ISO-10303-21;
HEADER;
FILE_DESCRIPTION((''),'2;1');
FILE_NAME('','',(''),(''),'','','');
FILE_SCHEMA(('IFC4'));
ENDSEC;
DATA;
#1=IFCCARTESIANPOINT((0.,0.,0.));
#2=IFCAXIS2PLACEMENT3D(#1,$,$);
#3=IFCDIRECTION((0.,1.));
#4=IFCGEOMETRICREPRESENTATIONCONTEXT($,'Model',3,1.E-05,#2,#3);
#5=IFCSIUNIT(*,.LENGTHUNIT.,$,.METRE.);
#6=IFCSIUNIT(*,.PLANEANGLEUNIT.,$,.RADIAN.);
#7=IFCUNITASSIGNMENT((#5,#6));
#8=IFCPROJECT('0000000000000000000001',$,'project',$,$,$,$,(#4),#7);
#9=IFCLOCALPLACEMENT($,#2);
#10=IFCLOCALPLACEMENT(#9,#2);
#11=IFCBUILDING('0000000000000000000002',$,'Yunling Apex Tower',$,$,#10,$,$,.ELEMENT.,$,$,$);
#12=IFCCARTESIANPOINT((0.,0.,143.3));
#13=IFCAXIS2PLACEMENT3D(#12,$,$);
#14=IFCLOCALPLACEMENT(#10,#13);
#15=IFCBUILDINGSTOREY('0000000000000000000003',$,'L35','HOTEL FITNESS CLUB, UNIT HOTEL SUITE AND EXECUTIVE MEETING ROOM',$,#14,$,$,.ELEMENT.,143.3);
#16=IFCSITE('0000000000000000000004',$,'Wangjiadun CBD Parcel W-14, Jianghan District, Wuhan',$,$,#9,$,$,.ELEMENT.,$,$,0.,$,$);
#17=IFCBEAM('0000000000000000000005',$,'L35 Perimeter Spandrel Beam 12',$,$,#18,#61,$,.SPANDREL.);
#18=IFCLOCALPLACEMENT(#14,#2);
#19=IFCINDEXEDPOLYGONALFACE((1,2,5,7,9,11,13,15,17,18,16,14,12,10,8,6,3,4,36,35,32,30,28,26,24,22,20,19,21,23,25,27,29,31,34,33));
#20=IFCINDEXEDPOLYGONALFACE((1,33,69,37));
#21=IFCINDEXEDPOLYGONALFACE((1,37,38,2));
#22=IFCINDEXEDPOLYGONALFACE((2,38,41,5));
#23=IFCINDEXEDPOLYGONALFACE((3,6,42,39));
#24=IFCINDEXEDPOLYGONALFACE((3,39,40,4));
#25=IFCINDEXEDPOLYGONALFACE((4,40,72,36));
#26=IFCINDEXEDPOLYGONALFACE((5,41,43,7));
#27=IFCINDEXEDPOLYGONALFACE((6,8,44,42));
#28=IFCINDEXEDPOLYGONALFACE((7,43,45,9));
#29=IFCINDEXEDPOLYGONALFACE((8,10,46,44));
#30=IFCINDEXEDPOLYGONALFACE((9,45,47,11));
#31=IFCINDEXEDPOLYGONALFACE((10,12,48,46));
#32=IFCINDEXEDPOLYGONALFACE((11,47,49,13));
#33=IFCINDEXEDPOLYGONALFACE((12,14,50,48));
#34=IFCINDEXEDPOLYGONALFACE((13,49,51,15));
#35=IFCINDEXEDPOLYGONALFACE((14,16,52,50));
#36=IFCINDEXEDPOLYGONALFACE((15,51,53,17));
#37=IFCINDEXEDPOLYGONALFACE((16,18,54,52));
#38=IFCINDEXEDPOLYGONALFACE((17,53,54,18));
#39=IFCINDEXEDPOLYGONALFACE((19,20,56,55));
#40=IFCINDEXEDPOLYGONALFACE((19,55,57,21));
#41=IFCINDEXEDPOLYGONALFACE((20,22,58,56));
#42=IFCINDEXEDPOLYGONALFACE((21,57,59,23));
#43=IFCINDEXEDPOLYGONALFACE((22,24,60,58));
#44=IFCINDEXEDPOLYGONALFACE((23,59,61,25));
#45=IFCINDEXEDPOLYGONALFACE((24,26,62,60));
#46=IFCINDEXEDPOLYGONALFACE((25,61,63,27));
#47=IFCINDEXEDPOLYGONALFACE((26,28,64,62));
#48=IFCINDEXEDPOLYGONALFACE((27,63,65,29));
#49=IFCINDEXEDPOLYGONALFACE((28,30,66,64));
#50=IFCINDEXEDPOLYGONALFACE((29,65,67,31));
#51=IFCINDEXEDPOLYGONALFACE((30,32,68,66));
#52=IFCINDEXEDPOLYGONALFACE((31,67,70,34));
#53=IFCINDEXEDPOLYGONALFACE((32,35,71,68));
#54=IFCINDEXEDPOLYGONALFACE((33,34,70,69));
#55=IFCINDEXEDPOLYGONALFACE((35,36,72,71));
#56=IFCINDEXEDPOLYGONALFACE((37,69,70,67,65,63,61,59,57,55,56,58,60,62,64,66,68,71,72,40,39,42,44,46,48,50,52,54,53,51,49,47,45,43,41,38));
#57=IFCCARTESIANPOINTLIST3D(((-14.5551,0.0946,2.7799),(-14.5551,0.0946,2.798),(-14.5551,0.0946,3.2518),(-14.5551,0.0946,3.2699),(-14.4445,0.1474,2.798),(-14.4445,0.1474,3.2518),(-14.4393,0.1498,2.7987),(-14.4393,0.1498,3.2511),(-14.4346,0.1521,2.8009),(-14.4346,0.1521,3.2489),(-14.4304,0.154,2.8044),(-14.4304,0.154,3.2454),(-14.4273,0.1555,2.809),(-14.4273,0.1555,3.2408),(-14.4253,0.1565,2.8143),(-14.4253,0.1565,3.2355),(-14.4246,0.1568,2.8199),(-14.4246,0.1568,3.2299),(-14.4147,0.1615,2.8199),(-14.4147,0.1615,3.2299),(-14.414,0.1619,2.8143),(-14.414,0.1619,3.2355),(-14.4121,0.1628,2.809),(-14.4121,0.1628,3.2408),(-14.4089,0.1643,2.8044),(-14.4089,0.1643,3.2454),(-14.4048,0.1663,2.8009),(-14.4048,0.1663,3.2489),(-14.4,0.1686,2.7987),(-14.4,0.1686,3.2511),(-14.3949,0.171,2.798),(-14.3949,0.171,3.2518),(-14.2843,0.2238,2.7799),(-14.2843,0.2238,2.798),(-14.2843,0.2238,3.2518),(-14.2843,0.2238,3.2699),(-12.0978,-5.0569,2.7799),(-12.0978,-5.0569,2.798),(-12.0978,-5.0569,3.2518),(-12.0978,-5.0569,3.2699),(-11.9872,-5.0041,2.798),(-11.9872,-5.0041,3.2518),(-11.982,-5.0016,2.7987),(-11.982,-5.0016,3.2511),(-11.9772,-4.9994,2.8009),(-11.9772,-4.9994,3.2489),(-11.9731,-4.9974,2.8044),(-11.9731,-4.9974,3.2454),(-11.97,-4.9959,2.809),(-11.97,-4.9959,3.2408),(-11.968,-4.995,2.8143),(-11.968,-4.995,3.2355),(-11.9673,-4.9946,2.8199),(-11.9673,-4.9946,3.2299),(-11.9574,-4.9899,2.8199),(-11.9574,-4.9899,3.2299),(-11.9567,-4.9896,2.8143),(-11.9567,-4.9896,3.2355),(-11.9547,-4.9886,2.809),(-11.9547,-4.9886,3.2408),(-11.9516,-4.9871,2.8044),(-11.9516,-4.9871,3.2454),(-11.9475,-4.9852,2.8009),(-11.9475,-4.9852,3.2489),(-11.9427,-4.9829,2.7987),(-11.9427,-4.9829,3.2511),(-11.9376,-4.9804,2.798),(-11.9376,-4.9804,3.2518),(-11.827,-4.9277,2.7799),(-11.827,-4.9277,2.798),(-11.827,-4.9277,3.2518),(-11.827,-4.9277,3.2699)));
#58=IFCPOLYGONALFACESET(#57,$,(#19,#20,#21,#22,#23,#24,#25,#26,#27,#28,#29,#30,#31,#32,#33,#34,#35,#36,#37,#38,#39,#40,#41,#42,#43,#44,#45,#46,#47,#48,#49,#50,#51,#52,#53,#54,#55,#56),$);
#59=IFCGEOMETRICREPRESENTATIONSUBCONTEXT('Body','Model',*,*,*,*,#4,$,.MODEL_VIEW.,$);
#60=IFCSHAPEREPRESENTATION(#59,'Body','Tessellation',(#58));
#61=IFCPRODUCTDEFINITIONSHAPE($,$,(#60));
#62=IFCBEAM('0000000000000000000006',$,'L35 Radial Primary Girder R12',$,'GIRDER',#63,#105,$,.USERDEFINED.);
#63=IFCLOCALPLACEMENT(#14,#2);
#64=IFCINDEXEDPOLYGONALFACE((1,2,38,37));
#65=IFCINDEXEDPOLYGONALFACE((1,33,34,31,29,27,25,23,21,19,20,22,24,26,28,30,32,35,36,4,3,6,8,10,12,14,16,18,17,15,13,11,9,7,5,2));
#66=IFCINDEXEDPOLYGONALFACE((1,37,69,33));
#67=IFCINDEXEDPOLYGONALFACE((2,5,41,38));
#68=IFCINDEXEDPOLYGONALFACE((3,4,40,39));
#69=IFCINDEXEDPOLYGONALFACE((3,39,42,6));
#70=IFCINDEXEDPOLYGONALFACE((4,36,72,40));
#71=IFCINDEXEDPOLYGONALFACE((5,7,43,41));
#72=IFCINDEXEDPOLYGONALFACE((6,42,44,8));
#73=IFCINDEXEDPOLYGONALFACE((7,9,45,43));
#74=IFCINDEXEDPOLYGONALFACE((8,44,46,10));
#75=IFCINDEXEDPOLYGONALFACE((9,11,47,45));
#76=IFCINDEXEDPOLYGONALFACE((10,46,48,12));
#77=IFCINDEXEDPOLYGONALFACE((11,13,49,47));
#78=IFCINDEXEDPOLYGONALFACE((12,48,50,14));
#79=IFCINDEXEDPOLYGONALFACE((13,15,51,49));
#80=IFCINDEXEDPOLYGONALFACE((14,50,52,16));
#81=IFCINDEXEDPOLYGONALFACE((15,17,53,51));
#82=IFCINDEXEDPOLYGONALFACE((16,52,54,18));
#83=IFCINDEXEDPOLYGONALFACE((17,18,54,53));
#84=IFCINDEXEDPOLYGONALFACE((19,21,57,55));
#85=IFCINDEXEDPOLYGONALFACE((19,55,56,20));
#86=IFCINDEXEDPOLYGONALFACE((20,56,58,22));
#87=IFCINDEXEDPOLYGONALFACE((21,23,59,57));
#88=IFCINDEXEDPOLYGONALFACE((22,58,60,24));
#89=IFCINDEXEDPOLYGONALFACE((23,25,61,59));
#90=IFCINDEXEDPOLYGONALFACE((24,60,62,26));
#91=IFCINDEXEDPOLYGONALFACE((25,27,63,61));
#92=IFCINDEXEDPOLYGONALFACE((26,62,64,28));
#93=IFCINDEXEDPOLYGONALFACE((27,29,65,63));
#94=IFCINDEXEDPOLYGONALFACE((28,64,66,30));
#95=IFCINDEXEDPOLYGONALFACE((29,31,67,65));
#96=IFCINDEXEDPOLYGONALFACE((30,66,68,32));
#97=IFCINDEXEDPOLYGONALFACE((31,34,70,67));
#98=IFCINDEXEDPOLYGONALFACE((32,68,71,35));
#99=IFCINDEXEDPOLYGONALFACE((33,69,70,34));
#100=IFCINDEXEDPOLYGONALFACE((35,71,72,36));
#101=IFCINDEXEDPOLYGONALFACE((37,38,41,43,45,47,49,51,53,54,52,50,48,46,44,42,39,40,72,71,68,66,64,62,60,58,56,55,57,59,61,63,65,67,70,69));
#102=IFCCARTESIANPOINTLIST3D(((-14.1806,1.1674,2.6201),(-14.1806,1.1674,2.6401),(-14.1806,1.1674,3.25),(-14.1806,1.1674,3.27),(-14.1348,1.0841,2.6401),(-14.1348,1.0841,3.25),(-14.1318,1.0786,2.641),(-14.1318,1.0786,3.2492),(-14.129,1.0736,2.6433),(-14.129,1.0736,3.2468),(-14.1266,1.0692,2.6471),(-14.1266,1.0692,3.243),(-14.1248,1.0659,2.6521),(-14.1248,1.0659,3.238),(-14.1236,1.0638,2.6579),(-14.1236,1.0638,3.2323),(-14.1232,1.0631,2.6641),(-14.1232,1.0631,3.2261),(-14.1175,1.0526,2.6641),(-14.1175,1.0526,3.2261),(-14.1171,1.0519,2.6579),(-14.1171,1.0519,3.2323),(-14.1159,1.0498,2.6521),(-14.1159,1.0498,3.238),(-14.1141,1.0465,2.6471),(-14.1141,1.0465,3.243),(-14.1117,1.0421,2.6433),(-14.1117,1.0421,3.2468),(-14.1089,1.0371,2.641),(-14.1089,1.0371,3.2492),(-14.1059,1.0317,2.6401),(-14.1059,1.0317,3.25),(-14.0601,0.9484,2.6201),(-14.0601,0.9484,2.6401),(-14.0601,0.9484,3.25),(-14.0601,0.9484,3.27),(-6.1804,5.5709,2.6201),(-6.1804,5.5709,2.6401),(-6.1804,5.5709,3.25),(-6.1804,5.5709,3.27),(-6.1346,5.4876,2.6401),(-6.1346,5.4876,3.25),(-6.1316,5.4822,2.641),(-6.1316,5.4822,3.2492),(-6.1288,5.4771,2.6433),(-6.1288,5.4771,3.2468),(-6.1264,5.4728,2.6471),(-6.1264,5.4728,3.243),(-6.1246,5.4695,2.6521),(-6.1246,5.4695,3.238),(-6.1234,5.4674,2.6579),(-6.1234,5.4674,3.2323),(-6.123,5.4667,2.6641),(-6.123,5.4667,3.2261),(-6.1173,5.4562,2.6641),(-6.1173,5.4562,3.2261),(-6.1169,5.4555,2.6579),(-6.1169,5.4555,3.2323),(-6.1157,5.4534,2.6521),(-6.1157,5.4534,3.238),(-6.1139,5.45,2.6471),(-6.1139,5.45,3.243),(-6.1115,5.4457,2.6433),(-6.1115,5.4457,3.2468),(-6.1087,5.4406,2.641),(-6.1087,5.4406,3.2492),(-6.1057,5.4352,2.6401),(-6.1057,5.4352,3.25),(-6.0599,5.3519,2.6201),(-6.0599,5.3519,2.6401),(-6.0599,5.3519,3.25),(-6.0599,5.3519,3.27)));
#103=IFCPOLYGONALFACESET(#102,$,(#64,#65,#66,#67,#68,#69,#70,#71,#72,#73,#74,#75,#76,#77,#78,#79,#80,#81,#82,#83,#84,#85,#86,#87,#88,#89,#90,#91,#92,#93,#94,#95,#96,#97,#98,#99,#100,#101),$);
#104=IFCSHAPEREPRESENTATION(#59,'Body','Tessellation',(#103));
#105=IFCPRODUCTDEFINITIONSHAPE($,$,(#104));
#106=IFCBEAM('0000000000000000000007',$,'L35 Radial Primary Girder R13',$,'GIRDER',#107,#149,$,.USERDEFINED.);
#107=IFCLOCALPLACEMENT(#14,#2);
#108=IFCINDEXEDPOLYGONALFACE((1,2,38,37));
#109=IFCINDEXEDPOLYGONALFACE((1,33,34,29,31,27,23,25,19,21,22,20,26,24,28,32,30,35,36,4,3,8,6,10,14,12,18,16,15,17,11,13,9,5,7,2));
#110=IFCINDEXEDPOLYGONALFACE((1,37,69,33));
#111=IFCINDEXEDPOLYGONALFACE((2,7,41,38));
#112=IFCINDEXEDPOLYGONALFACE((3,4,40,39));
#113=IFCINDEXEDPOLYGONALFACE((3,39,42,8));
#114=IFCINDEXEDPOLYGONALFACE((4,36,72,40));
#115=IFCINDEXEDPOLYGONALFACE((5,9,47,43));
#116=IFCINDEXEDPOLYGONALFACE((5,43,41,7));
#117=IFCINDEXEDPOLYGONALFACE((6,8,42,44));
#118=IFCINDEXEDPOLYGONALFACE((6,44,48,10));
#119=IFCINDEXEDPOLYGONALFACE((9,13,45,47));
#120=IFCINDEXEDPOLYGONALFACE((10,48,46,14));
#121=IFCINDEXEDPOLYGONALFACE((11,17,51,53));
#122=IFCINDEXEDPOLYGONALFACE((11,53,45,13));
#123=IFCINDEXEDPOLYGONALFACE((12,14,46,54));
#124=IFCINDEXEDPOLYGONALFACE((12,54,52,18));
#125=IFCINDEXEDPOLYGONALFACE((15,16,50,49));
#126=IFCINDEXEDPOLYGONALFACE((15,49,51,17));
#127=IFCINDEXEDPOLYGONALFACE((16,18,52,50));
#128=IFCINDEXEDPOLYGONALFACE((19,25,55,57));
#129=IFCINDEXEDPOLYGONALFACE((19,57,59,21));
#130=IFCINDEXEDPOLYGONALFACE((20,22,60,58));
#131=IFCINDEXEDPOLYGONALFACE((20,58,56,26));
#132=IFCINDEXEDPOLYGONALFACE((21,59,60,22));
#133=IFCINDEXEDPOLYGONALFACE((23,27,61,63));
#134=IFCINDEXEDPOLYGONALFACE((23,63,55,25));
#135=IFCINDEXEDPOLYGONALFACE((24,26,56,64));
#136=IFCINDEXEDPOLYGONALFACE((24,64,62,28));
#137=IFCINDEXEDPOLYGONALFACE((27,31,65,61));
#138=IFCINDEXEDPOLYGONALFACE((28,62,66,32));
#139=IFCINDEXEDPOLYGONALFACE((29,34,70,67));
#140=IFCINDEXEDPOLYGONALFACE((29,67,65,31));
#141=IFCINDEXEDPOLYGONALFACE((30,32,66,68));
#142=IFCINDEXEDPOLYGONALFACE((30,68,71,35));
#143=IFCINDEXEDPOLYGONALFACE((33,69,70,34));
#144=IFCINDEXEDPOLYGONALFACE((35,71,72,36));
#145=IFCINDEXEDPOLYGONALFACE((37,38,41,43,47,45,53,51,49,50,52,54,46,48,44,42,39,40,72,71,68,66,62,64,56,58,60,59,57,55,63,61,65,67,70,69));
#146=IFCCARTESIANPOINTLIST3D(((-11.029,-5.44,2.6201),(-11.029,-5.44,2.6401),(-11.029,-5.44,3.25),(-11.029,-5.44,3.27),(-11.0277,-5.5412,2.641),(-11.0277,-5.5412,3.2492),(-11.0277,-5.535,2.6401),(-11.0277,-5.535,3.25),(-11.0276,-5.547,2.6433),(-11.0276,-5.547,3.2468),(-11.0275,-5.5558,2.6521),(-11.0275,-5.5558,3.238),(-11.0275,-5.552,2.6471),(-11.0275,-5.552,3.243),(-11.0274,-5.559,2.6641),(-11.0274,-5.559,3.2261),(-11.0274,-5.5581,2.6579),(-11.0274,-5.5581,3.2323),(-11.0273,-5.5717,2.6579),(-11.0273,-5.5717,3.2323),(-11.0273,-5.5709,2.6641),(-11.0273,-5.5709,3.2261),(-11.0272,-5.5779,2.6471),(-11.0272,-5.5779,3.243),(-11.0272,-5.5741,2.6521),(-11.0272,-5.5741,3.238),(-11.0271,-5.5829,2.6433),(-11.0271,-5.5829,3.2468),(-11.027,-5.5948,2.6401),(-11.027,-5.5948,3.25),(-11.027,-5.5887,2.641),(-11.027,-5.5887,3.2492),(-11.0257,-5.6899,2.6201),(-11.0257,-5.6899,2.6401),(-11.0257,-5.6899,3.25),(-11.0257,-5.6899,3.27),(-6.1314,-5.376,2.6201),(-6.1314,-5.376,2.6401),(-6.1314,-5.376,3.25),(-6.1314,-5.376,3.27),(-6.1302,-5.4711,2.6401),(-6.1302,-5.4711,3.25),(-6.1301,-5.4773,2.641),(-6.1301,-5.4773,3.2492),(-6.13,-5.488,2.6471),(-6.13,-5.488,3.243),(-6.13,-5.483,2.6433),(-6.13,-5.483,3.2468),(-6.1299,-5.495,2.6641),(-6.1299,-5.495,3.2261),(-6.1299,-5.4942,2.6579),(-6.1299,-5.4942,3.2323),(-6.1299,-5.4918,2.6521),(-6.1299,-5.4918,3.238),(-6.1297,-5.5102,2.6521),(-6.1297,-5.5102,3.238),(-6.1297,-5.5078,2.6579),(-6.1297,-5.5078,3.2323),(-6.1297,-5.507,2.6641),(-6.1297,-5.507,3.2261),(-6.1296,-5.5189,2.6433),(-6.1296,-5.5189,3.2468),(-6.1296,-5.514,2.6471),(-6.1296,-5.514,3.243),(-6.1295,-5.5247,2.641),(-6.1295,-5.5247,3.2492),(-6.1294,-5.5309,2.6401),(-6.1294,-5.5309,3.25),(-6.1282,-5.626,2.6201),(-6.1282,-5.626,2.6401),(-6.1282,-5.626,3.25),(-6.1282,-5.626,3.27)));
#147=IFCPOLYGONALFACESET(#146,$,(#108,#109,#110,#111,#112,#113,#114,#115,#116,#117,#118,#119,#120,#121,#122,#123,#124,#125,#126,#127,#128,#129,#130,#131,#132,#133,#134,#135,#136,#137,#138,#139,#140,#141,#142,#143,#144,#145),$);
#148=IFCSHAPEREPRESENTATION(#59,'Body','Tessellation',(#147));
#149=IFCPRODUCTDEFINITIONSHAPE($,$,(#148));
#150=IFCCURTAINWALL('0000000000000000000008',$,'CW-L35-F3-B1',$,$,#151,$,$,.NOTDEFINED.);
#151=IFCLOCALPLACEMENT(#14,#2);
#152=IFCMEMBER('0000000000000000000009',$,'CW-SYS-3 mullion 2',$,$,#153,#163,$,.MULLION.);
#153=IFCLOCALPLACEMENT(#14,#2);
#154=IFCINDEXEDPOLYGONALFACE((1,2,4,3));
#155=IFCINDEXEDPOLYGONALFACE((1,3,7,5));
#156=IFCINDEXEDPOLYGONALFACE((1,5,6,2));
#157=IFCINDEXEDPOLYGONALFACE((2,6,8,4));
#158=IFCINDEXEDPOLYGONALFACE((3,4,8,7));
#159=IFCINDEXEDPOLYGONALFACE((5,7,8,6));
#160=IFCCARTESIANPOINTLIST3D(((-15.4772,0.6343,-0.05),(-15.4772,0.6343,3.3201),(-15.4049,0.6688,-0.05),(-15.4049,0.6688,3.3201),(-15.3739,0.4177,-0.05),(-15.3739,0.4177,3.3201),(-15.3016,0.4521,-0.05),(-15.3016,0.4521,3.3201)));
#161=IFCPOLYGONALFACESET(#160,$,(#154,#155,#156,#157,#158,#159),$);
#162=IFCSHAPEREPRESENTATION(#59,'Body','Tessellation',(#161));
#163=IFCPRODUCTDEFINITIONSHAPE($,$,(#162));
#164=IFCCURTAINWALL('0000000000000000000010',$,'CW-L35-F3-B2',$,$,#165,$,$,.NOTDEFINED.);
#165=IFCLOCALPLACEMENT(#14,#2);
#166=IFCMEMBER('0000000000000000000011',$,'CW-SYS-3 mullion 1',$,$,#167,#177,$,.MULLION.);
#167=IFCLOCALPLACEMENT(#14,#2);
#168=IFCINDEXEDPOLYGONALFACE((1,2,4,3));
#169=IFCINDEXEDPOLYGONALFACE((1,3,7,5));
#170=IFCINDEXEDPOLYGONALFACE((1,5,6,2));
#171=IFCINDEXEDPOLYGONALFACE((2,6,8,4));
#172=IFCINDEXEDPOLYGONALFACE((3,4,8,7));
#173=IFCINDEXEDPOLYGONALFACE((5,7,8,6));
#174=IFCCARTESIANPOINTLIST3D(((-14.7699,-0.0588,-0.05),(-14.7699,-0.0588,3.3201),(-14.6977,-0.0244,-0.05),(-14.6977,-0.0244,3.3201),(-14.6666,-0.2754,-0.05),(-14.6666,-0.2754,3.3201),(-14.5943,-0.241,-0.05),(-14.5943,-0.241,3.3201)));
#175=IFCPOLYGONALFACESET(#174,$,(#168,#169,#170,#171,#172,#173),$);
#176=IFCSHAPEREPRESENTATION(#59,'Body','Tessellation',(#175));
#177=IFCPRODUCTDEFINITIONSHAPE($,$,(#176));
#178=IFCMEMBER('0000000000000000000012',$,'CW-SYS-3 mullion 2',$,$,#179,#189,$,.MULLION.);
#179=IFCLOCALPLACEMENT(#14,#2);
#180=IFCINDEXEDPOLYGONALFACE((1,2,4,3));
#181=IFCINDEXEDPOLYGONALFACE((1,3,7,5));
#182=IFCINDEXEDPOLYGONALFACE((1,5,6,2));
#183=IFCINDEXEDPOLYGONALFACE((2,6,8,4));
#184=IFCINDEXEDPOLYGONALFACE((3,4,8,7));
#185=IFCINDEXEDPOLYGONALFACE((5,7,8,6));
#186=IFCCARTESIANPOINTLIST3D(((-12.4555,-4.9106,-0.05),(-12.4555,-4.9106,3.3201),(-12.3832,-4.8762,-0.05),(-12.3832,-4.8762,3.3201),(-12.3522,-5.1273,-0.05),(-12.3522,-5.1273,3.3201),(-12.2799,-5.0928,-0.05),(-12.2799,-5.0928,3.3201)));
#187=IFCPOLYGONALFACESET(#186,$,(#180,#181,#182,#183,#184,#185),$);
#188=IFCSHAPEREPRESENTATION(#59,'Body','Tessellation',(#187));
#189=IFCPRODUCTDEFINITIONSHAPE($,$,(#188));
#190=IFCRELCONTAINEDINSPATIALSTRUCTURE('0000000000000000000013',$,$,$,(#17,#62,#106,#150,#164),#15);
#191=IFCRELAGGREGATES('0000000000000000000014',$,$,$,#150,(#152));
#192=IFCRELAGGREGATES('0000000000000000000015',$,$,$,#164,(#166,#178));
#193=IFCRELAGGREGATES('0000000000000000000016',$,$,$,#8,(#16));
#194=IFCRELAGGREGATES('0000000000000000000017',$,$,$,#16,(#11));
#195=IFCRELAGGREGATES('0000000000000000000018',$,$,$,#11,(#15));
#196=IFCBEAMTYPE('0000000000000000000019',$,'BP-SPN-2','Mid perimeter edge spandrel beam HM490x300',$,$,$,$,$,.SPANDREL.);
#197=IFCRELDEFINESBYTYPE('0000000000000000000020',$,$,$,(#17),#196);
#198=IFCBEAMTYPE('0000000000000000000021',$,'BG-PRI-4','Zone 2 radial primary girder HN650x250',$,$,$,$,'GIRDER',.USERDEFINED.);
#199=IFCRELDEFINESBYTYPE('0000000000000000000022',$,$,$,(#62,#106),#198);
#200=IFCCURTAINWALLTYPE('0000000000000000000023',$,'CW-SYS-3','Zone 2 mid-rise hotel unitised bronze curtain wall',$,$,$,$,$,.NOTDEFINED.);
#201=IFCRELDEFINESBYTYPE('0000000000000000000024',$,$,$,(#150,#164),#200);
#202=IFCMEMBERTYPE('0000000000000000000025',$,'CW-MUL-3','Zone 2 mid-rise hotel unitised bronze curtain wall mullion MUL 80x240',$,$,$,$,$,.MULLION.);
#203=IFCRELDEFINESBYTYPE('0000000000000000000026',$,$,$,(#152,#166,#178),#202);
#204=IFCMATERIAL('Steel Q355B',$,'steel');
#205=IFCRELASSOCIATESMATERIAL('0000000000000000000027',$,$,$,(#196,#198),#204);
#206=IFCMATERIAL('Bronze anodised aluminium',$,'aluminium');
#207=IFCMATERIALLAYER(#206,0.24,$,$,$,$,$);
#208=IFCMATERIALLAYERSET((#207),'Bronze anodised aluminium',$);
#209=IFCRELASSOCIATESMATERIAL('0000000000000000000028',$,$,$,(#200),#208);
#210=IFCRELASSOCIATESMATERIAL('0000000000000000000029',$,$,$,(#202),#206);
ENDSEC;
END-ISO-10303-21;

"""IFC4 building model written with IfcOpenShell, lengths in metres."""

from ifc_helpers import new_model, si_unit, direction, frame, origin, origin_2d, place, context, subcontext, project, spatial, rectangle, i_section, extrude, source, transform, mapped, material, layer, layer_set, material_profile, profile_set, type_object, element, aggregate, save


model = new_model("IFC4")

# Units and contexts
model_context = context("Model", 3, precision=1e-05, world=origin(), true_north=direction((0.0, 1.0)))
body_context = subcontext(model_context, "Body", "Model", "MODEL_VIEW")
ifc_project = project(units=[si_unit("LENGTHUNIT", "METRE"), si_unit("PLANEANGLEUNIT", "RADIAN")], contexts=[model_context])

# Site, building, storey
site_placement = place(None, origin())
site = spatial("IfcSite", under=ifc_project, at=site_placement, Name="Wangjiadun CBD Parcel W-14, Jianghan District, Wuhan", CompositionType="ELEMENT", RefElevation=0.0)
building_placement = place(site_placement, origin())
building = spatial("IfcBuilding", under=site, at=building_placement, Name="Yunling Apex Tower", CompositionType="ELEMENT")
storey_placement = place(building_placement, frame((0.0, 0.0, 143.3)))
storey = spatial("IfcBuildingStorey", under=building, at=storey_placement, Name="L35", Description="HOTEL FITNESS CLUB, UNIT HOTEL SUITE AND EXECUTIVE MEETING ROOM", CompositionType="ELEMENT", Elevation=143.3)

# Beams
ifc_material_1 = material(Name="Steel Q355B", Category="steel")
ifc_material_profile_1 = material_profile(ifc_material_1, i_section(OverallWidth=0.3, OverallDepth=0.49, WebThickness=0.011, FlangeThickness=0.0181, FilletRadius=0.022, at=origin_2d()))
ifc_profile_set_1 = profile_set([ifc_material_profile_1], Name="Steel Q355B")
beam_type_1 = type_object("IfcBeamType", Name="BP-SPN-2", Description="Mid perimeter edge spandrel beam HM490x300", PredefinedType="SPANDREL", material=ifc_profile_set_1)
shared_shape_1 = source(origin(), body_context, "Body", "SweptSolid", [
    extrude(i_section(OverallWidth=0.3, OverallDepth=0.49, WebThickness=0.011, FlangeThickness=0.0181, FilletRadius=0.022, at=origin_2d()), origin(), (0.0, 0.0, 1.0), 5.7075),
])
beam_1_placement = place(storey_placement, frame((-14.4197, 0.1592, 3.0249), z_axis=(0.43054, -0.902572, 0.0), x_axis=(0.902572, 0.43054, 0.0)))
element("IfcBeam", 1, at=beam_1_placement, inside=storey, type_object=beam_type_1, Name="L35 Perimeter Spandrel Beam 12", PredefinedType="SPANDREL", context=body_context, shape_type="MappedRepresentation", body=[
    mapped(shared_shape_1, transform((0.0, 0.0, 0.0), scale=1.0)),
])
ifc_material_profile_2 = material_profile(ifc_material_1, i_section(OverallWidth=0.25, OverallDepth=0.6499, WebThickness=0.012, FlangeThickness=0.02, FilletRadius=0.0239, at=origin_2d()))
ifc_profile_set_2 = profile_set([ifc_material_profile_2], Name="Steel Q355B")
beam_type_2 = type_object("IfcBeamType", Name="BG-PRI-4", Description="Zone 2 radial primary girder HN650x250", ElementType="GIRDER", PredefinedType="USERDEFINED", material=ifc_profile_set_2)
shared_shape_2 = source(origin(), body_context, "Body", "SweptSolid", [
    extrude(i_section(OverallWidth=0.25, OverallDepth=0.6499, WebThickness=0.012, FlangeThickness=0.02, FilletRadius=0.0239, at=origin_2d()), origin(), (0.0, 0.0, 1.0), 9.1321),
])
beam_2_placement = place(storey_placement, frame((-14.1204, 1.0579, 2.9451), z_axis=(0.876057, 0.482207, 0.0), x_axis=(-0.482207, 0.876057, 0.0)))
element("IfcBeam", 2, at=beam_2_placement, inside=storey, type_object=beam_type_2, Name="L35 Radial Primary Girder R12", ObjectType="GIRDER", PredefinedType="USERDEFINED", context=body_context, shape_type="MappedRepresentation", body=[
    mapped(shared_shape_2, transform((0.0, 0.0, 0.0), scale=1.0)),
])
shared_shape_3 = source(origin(), body_context, "Body", "SweptSolid", [
    extrude(i_section(OverallWidth=0.25, OverallDepth=0.6499, WebThickness=0.012, FlangeThickness=0.02, FilletRadius=0.0239, at=origin_2d()), origin(), (0.0, 0.0, 1.0), 4.8979),
])
beam_3_placement = place(storey_placement, frame((-11.0273, -5.5649, 2.9451), z_axis=(0.999915, 0.01306, 0.0), x_axis=(-0.01306, 0.999915, 0.0)))
element("IfcBeam", 3, at=beam_3_placement, inside=storey, type_object=beam_type_2, Name="L35 Radial Primary Girder R13", ObjectType="GIRDER", PredefinedType="USERDEFINED", context=body_context, shape_type="MappedRepresentation", body=[
    mapped(shared_shape_3, transform((0.0, 0.0, 0.0), scale=1.0)),
])

# Curtain wall, member
ifc_material_2 = material(Name="Bronze anodised aluminium", Category="aluminium")
ifc_layer_1 = layer(ifc_material_2, 0.24)
ifc_layer_set_1 = layer_set([ifc_layer_1], Name="Bronze anodised aluminium")
curtain_wall_type = type_object("IfcCurtainWallType", Name="CW-SYS-3", Description="Zone 2 mid-rise hotel unitised bronze curtain wall", PredefinedType="NOTDEFINED", material=ifc_layer_set_1)
curtain_wall_1_placement = place(storey_placement, origin())
curtain_wall_1 = element("IfcCurtainWall", 4, at=curtain_wall_1_placement, inside=storey, type_object=curtain_wall_type, Name="CW-L35-F3-B1", PredefinedType="NOTDEFINED")
ifc_material_profile_3 = material_profile(ifc_material_2, rectangle(XDim=0.0801, YDim=0.24, at=origin_2d()))
ifc_profile_set_3 = profile_set([ifc_material_profile_3], Name="Bronze anodised aluminium")
member_type_1 = type_object("IfcMemberType", Name="CW-MUL-3", Description="Zone 2 mid-rise hotel unitised bronze curtain wall mullion MUL 80x240", PredefinedType="MULLION", material=ifc_profile_set_3)
shared_shape_4 = source(origin(), body_context, "Body", "SweptSolid", [
    extrude(rectangle(XDim=0.0801, YDim=0.24, at=origin_2d()), origin(), (0.0, 0.0, 1.0), 3.3701),
])
member_1_placement = place(storey_placement, frame((-15.3894, 0.5432, -0.05), z_axis=(0.0, 0.0, 1.0), x_axis=(0.902588, 0.430506, 0.0)))
member_1 = element("IfcMember", 5, at=member_1_placement, type_object=member_type_1, Name="CW-SYS-3 mullion 2", PredefinedType="MULLION", context=body_context, shape_type="MappedRepresentation", body=[
    mapped(shared_shape_4, transform((0.0, 0.0, 0.0), scale=1.0)),
])
aggregate(curtain_wall_1, [member_1])

# Curtain wall, members
curtain_wall_2_placement = place(storey_placement, origin())
curtain_wall_2 = element("IfcCurtainWall", 6, at=curtain_wall_2_placement, inside=storey, type_object=curtain_wall_type, Name="CW-L35-F3-B2", PredefinedType="NOTDEFINED")
member_2_placement = place(storey_placement, frame((-14.6821, -0.1499, -0.05), z_axis=(0.0, 0.0, 1.0), x_axis=(0.90258, 0.430523, 0.0)))
member_2 = element("IfcMember", 7, at=member_2_placement, type_object=member_type_1, Name="CW-SYS-3 mullion 1", PredefinedType="MULLION", context=body_context, shape_type="MappedRepresentation", body=[
    mapped(shared_shape_4, transform((0.0, 0.0, 0.0), scale=1.0)),
])
member_3_placement = place(storey_placement, frame((-12.3677, -5.0017, -0.05), z_axis=(0.0, 0.0, 1.0), x_axis=(0.90258, 0.430523, 0.0)))
member_3 = element("IfcMember", 8, at=member_3_placement, type_object=member_type_1, Name="CW-SYS-3 mullion 2", PredefinedType="MULLION", context=body_context, shape_type="MappedRepresentation", body=[
    mapped(shared_shape_4, transform((0.0, 0.0, 0.0), scale=1.0)),
])
aggregate(curtain_wall_2, [member_2, member_3])

save(model, "model.ifc")
